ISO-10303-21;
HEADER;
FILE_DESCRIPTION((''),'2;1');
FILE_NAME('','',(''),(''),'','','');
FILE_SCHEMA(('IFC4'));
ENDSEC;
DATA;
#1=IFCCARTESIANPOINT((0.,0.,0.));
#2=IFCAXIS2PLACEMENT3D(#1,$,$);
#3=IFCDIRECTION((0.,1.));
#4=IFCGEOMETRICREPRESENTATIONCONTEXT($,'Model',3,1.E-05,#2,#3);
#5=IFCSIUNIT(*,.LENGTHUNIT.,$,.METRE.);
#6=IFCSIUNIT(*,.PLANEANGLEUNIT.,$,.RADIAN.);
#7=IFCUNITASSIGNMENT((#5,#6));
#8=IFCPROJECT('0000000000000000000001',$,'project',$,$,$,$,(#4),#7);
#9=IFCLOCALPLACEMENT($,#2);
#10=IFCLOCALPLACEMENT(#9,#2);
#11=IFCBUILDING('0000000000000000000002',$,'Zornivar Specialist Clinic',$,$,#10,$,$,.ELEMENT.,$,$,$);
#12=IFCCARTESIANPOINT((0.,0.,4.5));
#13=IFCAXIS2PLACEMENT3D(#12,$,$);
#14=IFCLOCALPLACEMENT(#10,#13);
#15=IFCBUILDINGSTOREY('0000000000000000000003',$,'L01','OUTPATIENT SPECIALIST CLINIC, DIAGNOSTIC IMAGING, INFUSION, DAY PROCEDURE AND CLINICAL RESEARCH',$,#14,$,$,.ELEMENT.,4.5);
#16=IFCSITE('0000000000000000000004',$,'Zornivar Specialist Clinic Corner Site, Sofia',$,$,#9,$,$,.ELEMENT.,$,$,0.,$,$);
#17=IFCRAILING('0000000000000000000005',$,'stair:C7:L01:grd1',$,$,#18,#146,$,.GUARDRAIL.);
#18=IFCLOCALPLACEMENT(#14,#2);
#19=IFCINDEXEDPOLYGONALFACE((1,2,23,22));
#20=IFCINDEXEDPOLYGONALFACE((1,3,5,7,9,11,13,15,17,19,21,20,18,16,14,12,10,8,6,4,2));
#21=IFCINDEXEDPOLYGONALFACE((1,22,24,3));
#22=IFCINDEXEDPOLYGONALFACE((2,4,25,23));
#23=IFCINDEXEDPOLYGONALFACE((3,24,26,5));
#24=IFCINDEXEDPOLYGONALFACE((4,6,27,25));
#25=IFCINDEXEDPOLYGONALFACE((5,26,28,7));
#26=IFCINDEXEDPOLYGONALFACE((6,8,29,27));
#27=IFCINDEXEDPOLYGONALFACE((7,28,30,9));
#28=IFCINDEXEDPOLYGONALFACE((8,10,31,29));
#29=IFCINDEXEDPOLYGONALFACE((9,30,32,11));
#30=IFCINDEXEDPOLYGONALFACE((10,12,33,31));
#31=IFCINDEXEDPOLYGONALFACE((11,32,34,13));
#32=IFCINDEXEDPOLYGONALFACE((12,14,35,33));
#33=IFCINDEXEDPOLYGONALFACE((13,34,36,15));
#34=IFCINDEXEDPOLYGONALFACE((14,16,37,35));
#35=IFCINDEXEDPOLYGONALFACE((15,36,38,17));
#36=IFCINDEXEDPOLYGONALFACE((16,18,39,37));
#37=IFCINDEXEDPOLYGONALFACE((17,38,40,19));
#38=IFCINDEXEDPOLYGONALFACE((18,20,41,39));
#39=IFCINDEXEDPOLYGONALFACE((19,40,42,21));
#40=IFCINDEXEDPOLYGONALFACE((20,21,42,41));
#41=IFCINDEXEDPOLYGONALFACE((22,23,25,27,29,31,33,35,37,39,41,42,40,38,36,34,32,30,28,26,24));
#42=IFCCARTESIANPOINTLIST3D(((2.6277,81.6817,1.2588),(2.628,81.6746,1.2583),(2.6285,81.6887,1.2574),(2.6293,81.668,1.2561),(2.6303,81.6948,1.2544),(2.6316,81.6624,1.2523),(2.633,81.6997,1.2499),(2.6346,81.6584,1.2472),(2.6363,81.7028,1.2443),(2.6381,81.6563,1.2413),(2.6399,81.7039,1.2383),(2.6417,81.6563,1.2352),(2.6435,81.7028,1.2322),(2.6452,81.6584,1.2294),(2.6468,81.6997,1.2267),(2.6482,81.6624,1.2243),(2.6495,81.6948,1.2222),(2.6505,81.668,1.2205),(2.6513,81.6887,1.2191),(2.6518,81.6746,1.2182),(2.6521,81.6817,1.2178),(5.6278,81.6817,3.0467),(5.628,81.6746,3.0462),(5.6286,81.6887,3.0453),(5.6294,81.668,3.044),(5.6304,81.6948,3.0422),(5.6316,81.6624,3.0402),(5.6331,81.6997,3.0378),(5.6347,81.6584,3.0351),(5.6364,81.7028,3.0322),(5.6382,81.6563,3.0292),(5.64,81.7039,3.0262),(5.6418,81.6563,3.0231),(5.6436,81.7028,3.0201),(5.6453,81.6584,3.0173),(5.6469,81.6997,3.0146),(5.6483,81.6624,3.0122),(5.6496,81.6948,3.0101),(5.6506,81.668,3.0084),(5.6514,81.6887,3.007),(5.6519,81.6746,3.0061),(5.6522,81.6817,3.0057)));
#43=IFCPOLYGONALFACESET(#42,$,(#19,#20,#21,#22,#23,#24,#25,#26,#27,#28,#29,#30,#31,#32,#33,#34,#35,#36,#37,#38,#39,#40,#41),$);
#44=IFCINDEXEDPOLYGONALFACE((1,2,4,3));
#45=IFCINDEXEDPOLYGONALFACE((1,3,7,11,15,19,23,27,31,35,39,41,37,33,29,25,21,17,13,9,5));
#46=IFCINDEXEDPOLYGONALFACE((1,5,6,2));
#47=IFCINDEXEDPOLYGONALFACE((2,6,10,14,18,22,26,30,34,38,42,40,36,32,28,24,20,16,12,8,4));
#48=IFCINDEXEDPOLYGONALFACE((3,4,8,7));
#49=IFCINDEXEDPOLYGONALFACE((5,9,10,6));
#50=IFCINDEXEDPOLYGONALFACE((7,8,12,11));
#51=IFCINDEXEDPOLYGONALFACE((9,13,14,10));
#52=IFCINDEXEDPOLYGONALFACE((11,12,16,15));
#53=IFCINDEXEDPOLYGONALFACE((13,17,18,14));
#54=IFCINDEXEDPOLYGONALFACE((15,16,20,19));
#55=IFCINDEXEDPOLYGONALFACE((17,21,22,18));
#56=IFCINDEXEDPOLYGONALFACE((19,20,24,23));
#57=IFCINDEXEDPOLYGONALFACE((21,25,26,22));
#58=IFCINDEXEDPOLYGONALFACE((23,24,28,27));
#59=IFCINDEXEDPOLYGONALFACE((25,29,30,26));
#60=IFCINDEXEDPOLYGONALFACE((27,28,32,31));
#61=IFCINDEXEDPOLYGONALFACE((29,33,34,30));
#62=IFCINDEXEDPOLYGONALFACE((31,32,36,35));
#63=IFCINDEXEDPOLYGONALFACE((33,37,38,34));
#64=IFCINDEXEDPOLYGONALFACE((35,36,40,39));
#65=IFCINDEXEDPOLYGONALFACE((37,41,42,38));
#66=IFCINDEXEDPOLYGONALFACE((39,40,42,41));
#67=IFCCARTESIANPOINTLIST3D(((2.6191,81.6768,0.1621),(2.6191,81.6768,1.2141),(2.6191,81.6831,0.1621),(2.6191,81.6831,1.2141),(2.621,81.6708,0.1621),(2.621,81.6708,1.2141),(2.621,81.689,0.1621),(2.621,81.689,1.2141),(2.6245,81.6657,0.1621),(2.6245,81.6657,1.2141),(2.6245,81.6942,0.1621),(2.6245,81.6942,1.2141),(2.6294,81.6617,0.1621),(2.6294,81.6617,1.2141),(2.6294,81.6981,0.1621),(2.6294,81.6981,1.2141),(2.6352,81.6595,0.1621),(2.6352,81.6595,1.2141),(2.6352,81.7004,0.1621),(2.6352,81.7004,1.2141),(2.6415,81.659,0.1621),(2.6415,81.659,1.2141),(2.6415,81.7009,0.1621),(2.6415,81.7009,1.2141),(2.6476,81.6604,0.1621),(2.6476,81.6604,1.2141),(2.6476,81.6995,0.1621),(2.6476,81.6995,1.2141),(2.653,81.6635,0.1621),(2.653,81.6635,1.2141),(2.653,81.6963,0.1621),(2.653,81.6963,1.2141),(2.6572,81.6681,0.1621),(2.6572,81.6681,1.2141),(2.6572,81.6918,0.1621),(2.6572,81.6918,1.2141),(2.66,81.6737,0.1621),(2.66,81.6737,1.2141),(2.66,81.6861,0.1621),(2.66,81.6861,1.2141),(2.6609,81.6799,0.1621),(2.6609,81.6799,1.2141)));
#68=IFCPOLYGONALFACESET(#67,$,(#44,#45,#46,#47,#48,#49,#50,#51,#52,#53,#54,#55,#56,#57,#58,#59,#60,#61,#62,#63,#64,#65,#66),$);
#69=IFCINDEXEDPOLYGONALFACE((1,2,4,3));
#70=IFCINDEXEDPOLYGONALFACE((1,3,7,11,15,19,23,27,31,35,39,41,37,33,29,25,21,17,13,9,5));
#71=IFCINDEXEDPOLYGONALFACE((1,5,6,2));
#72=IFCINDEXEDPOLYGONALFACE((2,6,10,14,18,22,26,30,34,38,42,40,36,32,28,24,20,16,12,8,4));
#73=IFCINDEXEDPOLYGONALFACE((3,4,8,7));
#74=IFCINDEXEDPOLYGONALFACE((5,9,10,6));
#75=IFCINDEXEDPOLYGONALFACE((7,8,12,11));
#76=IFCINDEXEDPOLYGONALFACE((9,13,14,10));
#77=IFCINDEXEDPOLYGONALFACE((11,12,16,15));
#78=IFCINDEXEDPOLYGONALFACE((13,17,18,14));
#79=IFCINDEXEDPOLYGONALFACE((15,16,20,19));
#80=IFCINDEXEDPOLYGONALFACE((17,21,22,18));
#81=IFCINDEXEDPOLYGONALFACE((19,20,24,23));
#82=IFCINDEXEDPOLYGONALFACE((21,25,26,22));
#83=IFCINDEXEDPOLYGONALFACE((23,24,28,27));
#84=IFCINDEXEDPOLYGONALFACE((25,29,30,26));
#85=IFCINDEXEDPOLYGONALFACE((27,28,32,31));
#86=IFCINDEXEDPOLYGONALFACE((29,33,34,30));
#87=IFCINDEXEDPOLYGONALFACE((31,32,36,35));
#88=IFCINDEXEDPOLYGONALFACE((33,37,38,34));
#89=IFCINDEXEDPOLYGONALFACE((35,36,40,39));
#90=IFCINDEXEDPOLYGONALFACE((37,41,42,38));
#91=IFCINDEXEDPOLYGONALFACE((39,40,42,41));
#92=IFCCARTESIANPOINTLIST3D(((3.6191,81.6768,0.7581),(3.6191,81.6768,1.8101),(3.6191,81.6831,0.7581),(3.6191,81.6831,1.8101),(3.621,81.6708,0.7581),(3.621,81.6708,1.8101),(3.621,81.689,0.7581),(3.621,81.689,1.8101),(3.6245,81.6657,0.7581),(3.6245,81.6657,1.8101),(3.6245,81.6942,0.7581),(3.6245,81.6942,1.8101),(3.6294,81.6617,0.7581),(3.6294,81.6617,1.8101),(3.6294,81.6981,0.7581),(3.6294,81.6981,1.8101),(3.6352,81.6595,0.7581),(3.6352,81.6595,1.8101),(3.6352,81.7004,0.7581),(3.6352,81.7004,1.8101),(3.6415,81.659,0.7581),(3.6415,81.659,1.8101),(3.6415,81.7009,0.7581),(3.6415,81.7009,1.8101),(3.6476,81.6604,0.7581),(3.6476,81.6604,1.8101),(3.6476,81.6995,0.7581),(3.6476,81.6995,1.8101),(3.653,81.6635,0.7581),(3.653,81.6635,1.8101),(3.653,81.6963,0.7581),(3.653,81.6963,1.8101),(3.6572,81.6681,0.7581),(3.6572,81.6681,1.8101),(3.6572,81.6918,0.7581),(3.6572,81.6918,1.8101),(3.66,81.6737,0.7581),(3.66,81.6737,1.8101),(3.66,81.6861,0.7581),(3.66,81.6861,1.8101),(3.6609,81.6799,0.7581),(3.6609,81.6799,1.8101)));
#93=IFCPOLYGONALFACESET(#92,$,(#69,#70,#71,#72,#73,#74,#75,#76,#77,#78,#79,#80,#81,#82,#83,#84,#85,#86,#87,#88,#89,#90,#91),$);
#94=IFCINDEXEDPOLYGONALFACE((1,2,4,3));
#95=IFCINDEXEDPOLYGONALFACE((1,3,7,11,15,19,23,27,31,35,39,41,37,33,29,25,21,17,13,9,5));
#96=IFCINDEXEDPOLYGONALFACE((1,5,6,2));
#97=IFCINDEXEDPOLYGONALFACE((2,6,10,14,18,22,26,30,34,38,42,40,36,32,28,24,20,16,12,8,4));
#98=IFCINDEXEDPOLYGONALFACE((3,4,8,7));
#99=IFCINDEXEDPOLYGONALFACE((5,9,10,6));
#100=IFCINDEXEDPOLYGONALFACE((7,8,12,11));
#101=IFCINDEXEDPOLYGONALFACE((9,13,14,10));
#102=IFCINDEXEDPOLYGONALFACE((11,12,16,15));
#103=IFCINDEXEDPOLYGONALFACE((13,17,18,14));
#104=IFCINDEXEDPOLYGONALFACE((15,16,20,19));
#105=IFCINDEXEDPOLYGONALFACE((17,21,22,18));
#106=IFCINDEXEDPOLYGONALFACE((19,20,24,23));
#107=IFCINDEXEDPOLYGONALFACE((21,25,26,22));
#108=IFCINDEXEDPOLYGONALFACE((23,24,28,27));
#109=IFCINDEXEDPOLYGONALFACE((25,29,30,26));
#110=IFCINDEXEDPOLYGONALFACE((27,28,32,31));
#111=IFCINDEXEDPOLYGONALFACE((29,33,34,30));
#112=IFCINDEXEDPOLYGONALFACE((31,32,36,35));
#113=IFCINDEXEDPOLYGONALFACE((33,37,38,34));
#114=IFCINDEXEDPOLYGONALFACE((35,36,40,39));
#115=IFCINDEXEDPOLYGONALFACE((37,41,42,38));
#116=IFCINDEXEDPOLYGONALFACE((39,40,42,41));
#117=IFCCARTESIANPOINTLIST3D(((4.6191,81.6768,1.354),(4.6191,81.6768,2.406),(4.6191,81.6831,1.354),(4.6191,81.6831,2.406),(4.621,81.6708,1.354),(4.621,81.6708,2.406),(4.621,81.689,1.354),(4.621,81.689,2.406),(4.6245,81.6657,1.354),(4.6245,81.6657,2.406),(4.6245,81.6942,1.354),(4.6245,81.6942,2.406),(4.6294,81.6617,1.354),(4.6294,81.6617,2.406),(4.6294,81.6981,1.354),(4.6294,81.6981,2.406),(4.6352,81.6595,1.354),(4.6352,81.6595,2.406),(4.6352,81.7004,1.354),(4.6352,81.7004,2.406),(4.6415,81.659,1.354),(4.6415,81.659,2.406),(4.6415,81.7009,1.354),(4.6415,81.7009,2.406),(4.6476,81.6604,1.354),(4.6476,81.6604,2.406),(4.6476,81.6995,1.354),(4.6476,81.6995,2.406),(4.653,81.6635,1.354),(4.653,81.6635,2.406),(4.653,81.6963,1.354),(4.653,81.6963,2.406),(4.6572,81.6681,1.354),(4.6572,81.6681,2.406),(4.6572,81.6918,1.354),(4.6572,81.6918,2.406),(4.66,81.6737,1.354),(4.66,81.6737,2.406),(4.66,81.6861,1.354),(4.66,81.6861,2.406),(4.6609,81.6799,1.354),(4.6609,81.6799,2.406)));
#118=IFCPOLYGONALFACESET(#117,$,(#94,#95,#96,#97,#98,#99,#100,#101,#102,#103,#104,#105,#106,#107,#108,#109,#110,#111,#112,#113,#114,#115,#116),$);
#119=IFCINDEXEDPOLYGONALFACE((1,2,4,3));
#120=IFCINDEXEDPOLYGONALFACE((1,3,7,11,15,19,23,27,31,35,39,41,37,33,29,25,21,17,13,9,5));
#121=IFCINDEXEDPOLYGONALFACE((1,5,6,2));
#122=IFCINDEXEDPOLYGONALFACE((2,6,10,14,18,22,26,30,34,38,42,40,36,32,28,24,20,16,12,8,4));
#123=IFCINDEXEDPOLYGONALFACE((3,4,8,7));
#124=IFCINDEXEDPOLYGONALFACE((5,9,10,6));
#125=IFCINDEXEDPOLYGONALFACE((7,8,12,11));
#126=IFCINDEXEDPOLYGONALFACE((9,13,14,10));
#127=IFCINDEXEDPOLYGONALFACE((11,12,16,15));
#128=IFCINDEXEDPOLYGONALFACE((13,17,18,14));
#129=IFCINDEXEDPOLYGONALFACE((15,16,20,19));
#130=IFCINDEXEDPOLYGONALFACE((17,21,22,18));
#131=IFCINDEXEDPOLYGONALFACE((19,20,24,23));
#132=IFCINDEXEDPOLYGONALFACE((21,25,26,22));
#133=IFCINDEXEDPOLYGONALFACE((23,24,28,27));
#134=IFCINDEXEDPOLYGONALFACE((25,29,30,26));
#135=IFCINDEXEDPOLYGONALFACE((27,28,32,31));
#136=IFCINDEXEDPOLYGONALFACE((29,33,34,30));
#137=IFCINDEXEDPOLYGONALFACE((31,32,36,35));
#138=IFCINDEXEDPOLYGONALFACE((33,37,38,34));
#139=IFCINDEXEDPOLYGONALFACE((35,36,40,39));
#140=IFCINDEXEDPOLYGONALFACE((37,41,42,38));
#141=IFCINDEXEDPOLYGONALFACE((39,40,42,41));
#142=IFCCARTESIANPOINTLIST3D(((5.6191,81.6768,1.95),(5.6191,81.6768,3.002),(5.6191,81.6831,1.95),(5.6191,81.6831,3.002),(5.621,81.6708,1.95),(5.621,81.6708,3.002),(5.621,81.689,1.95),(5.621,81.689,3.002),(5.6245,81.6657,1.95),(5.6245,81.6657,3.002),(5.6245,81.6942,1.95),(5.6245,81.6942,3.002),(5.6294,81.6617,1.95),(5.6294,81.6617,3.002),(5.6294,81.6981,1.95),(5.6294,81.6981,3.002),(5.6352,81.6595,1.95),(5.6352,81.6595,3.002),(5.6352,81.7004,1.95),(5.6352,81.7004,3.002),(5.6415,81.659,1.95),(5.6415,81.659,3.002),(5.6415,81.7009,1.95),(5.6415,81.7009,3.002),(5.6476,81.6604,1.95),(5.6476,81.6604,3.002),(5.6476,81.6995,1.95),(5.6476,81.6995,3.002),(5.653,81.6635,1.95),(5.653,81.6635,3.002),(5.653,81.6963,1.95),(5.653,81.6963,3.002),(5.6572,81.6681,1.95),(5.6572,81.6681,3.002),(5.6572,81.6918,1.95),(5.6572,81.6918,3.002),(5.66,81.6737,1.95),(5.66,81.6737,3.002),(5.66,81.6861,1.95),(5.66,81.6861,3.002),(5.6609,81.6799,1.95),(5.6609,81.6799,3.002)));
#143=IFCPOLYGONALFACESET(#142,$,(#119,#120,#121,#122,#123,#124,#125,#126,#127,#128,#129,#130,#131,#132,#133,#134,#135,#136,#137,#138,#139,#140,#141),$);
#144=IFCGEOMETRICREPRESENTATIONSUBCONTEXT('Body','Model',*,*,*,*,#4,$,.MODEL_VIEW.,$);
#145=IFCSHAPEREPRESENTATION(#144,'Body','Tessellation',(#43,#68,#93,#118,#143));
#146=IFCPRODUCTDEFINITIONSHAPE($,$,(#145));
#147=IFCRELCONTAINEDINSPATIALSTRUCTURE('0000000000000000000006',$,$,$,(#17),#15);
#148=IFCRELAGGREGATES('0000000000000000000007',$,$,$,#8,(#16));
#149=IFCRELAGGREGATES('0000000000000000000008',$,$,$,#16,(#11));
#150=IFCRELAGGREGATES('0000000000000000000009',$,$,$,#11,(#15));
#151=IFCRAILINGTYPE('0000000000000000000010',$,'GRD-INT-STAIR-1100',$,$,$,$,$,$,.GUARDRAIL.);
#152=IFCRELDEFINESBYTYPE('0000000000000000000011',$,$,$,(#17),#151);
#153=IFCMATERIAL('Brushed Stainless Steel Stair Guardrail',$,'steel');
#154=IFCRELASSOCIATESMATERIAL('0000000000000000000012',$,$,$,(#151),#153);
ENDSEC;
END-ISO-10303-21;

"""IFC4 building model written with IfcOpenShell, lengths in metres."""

from ifc_helpers import new_model, si_unit, direction, frame, origin, origin_2d, place, context, subcontext, project, spatial, circle, extrude, material, type_object, element, save


model = new_model("IFC4")

# Units and contexts
model_context = context("Model", 3, precision=1e-05, world=origin(), true_north=direction((0.0, 1.0)))
body_context = subcontext(model_context, "Body", "Model", "MODEL_VIEW")
ifc_project = project(units=[si_unit("LENGTHUNIT", "METRE"), si_unit("PLANEANGLEUNIT", "RADIAN")], contexts=[model_context])

# Site, building, storey
site_placement = place(None, origin())
site = spatial("IfcSite", under=ifc_project, at=site_placement, Name="Zornivar Specialist Clinic Corner Site, Sofia", CompositionType="ELEMENT", RefElevation=0.0)
building_placement = place(site_placement, origin())
building = spatial("IfcBuilding", under=site, at=building_placement, Name="Zornivar Specialist Clinic", CompositionType="ELEMENT")
storey_placement = place(building_placement, frame((0.0, 0.0, 4.5)))
storey = spatial("IfcBuildingStorey", under=building, at=storey_placement, Name="L01", Description="OUTPATIENT SPECIALIST CLINIC, DIAGNOSTIC IMAGING, INFUSION, DAY PROCEDURE AND CLINICAL RESEARCH", CompositionType="ELEMENT", Elevation=4.5)

# Railing
ifc_material_1 = material(Name="Brushed Stainless Steel Stair Guardrail", Category="steel")
railing_type_1 = type_object("IfcRailingType", Name="GRD-INT-STAIR-1100", PredefinedType="GUARDRAIL", material=ifc_material_1)
railing_1_placement = place(storey_placement, frame((2.6399, 81.6799, 0.1621)))
element("IfcRailing", 1, at=railing_1_placement, inside=storey, type_object=railing_type_1, Name="stair:C7:L01:grd1", PredefinedType="GUARDRAIL", context=body_context, shape_type="SweptSolid", body=[
    extrude(circle(Radius=0.0239, at=origin_2d()), frame((0.0, 0.0, 1.0762), z_axis=(0.859025, 0.0, 0.511934), x_axis=(0.0, 1.0, 0.0)), (0.0, 0.0, 1.0), 3.4924),
    extrude(circle(Radius=0.021, at=origin_2d()), origin(), (0.0, 0.0, 1.0), 1.052),
    extrude(circle(Radius=0.021, at=origin_2d()), frame((1.0, 0.0, 0.5959)), (0.0, 0.0, 1.0), 1.052),
    extrude(circle(Radius=0.021, at=origin_2d()), frame((2.0, 0.0, 1.1919)), (0.0, 0.0, 1.0), 1.052),
    extrude(circle(Radius=0.021, at=origin_2d()), frame((3.0, 0.0, 1.7878)), (0.0, 0.0, 1.0), 1.052),
])

save(model, "model.ifc")
